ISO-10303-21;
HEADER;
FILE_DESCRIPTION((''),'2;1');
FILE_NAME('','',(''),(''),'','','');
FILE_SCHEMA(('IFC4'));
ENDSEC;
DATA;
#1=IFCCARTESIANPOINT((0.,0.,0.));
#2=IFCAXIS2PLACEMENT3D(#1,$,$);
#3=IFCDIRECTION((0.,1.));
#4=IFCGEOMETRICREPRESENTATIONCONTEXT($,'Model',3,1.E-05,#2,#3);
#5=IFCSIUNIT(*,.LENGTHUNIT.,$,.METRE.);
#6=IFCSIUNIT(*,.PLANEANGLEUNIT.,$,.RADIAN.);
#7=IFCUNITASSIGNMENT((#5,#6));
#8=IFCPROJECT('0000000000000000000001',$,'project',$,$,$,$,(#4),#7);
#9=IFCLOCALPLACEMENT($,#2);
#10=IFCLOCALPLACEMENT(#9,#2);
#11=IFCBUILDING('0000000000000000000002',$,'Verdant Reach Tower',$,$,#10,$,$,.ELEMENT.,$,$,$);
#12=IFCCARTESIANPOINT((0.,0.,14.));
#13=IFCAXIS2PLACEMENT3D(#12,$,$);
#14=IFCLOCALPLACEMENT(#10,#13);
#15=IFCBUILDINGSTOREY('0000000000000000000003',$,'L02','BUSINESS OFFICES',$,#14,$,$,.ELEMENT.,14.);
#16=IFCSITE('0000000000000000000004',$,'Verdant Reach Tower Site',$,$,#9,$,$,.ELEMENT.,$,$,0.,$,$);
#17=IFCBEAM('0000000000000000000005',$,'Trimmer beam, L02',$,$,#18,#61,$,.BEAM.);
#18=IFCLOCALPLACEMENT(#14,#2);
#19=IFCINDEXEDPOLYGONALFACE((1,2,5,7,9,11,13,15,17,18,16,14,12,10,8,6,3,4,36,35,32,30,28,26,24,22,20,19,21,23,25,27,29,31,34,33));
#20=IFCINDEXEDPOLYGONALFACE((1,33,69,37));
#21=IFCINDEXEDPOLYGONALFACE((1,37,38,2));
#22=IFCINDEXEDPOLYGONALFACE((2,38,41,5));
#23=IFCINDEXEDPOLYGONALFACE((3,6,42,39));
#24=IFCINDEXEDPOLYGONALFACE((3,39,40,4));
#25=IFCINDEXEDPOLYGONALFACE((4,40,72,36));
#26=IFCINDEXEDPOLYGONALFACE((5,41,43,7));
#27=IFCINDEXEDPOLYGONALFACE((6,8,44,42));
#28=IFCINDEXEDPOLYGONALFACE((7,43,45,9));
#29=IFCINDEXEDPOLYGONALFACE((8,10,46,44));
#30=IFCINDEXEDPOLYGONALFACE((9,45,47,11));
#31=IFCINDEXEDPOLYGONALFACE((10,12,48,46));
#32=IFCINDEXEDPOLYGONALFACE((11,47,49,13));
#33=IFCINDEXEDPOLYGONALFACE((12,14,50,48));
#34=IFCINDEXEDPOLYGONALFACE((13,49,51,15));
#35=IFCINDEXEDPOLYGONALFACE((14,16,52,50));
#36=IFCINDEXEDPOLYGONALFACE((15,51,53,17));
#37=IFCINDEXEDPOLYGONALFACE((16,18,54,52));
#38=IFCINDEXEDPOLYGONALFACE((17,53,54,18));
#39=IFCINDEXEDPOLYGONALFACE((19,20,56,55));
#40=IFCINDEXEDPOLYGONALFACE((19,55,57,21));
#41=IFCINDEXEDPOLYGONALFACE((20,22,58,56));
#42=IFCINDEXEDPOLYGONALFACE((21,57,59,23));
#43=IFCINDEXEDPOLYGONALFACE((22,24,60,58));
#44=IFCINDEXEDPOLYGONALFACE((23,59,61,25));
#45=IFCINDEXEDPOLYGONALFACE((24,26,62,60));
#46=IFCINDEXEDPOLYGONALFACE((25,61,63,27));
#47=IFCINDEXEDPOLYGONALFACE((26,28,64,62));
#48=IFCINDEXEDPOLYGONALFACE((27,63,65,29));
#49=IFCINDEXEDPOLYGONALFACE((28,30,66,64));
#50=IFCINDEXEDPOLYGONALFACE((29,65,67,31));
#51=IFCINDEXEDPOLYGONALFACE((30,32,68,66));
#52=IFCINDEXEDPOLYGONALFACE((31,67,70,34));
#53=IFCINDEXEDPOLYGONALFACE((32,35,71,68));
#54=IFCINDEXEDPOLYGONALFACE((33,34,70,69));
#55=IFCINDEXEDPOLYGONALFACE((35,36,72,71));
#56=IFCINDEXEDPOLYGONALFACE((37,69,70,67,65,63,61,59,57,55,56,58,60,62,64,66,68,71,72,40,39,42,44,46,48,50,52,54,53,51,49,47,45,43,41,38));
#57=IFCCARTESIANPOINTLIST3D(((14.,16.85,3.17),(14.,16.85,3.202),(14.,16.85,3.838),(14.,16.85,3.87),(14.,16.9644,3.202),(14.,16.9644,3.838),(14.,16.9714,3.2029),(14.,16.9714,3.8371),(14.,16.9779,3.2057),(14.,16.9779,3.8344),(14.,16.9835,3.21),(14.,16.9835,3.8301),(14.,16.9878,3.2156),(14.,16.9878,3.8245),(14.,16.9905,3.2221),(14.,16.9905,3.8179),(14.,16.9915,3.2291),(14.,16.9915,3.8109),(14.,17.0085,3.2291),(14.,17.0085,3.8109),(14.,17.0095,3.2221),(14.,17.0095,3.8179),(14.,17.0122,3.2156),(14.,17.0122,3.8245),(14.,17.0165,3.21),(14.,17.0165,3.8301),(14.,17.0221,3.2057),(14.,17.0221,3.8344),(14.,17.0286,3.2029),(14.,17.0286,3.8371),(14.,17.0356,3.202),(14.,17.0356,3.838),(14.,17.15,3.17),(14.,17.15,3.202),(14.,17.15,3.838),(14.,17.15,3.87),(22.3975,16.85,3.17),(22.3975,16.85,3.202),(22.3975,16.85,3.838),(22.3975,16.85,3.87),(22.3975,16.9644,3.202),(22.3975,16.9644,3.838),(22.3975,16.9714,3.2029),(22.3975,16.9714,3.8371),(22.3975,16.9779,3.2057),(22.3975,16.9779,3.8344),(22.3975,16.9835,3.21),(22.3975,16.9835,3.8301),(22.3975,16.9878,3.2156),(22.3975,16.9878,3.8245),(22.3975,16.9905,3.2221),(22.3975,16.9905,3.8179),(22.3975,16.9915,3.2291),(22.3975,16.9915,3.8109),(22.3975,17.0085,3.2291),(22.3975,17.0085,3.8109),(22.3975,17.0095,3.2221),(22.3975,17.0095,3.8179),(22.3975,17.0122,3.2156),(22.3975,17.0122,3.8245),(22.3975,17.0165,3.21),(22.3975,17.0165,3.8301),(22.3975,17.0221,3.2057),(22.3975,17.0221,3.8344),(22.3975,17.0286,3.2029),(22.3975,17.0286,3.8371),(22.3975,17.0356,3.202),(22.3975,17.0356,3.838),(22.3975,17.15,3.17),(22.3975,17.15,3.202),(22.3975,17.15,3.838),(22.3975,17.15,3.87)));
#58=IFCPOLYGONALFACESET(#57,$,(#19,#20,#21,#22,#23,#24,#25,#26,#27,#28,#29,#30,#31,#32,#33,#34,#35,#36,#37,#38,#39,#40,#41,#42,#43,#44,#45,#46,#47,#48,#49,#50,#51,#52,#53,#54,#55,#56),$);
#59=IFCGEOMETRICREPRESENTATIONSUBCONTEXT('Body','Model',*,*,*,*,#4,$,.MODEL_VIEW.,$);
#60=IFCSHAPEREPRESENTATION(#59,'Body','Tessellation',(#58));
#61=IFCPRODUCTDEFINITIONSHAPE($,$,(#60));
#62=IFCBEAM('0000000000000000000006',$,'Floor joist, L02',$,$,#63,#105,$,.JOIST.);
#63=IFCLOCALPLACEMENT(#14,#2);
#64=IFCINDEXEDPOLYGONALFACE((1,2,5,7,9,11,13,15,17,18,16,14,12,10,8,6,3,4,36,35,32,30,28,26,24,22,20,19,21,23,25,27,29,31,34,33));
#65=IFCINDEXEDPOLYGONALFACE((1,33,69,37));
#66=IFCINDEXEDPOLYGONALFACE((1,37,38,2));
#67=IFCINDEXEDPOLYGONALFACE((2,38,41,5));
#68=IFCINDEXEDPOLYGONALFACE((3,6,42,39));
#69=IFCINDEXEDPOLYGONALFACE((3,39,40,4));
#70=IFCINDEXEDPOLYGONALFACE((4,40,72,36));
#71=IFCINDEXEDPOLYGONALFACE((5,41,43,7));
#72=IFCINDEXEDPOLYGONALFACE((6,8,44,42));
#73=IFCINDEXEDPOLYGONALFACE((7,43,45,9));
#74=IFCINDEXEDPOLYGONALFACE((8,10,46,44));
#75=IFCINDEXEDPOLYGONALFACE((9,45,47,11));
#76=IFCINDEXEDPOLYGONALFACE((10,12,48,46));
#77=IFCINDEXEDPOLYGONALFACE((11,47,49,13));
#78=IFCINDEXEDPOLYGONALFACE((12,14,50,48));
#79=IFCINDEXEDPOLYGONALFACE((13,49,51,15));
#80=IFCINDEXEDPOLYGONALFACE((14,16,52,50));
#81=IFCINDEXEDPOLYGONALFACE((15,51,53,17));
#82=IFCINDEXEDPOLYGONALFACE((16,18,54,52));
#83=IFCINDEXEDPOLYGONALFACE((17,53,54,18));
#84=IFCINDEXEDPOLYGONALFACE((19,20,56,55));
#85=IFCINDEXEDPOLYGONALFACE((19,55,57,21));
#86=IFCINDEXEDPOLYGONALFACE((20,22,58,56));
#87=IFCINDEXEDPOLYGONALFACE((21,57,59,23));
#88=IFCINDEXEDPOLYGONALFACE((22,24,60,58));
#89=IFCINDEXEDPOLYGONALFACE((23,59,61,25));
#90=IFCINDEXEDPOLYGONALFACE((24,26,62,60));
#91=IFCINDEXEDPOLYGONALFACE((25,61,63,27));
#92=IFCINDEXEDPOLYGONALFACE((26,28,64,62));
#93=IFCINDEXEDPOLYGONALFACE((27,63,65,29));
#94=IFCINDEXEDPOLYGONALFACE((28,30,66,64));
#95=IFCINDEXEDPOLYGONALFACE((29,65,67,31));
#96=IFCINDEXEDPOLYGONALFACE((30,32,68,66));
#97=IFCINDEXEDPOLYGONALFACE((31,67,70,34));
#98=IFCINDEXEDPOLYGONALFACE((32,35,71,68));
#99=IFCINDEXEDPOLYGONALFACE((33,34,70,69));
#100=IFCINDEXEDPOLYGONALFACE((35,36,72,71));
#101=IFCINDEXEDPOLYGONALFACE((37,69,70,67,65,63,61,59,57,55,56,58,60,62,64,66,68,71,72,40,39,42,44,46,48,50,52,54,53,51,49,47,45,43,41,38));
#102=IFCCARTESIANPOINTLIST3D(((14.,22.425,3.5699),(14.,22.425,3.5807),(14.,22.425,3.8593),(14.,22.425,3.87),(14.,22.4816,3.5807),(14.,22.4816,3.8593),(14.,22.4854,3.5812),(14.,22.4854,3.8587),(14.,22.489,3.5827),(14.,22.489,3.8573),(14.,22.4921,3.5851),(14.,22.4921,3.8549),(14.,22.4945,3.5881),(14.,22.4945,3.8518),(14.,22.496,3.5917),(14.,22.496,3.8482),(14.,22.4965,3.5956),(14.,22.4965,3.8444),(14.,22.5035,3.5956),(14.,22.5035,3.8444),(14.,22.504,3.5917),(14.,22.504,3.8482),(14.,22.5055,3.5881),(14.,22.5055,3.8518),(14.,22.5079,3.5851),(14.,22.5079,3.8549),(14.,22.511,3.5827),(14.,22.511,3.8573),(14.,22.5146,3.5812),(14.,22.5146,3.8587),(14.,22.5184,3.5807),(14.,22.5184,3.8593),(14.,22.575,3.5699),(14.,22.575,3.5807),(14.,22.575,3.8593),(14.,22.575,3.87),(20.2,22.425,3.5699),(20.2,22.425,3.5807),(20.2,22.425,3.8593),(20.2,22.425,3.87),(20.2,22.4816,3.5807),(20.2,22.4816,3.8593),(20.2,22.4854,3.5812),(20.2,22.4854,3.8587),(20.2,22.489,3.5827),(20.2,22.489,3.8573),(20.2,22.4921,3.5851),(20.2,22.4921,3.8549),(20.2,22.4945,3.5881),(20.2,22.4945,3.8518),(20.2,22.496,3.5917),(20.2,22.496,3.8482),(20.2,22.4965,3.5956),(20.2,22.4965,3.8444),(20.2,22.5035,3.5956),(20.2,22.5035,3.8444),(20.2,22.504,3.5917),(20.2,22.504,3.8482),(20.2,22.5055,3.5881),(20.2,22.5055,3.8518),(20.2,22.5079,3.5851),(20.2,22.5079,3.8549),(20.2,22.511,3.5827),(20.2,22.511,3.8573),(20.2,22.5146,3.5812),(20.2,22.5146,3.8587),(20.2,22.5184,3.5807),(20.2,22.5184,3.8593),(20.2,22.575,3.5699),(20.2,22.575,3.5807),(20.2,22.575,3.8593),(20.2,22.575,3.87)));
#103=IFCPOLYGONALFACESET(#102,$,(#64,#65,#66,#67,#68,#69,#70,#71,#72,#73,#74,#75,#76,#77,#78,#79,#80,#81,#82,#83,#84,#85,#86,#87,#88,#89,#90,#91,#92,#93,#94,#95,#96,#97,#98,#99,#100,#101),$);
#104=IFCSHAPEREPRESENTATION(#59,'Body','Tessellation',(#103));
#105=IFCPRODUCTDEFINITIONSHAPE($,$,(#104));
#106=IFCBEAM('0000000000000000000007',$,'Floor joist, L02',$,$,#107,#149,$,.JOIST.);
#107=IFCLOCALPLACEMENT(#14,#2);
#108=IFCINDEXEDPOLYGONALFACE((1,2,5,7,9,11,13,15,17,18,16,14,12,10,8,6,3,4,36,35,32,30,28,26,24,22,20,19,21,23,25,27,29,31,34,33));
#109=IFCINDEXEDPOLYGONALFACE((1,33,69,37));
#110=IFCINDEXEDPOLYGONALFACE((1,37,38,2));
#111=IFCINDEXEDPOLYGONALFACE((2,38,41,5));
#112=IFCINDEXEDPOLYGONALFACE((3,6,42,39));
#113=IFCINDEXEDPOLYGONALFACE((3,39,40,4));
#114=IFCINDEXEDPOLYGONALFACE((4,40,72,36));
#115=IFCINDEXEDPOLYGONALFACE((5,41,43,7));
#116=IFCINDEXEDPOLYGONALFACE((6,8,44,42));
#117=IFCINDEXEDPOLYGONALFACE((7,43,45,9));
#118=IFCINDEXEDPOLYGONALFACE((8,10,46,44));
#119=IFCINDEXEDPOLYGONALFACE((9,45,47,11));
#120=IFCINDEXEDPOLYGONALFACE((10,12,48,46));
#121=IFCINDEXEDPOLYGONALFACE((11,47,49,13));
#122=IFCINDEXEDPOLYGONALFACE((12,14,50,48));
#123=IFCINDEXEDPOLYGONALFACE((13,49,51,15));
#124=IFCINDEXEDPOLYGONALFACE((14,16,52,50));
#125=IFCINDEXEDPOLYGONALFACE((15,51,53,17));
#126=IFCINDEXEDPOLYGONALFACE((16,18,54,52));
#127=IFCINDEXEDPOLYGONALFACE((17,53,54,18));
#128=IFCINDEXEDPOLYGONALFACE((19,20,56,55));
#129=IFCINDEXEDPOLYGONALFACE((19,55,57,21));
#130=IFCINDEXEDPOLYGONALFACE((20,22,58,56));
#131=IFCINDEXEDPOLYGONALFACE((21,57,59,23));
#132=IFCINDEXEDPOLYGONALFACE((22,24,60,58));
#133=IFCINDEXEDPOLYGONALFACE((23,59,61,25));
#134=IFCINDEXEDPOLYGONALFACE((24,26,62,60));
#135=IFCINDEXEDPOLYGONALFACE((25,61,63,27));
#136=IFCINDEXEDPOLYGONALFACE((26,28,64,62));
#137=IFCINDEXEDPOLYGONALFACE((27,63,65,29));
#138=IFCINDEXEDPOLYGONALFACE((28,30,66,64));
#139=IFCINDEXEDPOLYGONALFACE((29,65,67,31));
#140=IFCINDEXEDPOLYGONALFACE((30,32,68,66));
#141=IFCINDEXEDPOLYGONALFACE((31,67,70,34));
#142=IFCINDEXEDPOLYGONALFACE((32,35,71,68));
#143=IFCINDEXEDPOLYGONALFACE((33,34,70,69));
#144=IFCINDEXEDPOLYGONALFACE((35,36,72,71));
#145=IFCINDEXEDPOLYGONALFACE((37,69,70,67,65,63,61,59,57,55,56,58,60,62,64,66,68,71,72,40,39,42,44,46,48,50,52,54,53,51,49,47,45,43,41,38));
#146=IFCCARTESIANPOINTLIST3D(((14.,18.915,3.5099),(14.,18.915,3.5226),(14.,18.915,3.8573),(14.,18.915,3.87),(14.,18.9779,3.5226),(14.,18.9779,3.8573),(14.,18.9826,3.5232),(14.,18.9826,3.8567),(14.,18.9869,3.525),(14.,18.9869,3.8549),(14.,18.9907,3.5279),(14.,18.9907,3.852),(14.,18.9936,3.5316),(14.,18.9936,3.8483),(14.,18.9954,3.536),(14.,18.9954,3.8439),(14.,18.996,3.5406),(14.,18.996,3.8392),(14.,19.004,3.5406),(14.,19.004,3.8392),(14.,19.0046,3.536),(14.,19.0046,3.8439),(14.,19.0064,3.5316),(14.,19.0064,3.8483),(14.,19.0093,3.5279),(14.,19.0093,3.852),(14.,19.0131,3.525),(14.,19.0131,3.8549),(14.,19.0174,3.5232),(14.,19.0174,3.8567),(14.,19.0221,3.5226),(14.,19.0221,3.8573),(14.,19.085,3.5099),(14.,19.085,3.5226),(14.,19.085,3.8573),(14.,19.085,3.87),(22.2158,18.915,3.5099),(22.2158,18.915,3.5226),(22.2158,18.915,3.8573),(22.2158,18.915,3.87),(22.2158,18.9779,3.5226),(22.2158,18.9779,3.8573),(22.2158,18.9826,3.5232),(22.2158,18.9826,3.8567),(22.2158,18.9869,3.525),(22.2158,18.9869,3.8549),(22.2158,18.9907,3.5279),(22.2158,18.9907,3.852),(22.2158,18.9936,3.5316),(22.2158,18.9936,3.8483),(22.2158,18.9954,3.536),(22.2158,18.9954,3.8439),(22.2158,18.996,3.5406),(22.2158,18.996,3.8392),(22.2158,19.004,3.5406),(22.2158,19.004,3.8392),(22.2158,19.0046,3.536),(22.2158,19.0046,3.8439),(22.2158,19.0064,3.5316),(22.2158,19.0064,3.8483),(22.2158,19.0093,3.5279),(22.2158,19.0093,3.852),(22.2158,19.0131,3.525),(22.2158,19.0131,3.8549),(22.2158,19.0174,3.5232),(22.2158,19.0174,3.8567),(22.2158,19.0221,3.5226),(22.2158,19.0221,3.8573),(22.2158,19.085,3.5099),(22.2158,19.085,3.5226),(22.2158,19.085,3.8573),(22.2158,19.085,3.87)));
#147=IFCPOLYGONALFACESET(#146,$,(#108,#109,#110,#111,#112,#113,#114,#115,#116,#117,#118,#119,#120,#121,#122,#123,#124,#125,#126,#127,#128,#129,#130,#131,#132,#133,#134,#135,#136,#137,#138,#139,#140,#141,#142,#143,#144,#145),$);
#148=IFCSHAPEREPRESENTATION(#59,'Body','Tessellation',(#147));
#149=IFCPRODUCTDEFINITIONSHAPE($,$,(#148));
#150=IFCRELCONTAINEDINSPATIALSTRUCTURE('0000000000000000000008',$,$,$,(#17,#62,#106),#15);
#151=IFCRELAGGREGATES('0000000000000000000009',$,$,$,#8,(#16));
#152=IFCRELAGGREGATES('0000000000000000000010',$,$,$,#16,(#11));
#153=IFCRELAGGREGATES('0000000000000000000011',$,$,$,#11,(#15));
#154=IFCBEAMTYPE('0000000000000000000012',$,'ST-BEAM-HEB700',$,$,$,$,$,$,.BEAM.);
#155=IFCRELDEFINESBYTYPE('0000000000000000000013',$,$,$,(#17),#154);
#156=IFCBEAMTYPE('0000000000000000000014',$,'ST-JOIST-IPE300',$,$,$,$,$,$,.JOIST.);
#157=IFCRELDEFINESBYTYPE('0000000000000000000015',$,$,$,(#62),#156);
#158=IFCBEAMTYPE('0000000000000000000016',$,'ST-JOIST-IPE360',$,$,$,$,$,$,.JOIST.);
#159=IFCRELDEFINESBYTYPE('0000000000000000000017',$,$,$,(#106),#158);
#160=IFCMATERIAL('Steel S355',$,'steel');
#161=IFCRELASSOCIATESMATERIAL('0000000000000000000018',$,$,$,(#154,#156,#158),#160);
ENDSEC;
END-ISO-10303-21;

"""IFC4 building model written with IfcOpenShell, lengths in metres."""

from ifc_helpers import new_model, si_unit, direction, frame, origin, origin_2d, place, context, subcontext, project, spatial, i_section, extrude, material, material_profile, profile_set, type_object, element, save


model = new_model("IFC4")

# Units and contexts
model_context = context("Model", 3, precision=1e-05, world=origin(), true_north=direction((0.0, 1.0)))
body_context = subcontext(model_context, "Body", "Model", "MODEL_VIEW")
ifc_project = project(units=[si_unit("LENGTHUNIT", "METRE"), si_unit("PLANEANGLEUNIT", "RADIAN")], contexts=[model_context])

# Site, building, storey
site_placement = place(None, origin())
site = spatial("IfcSite", under=ifc_project, at=site_placement, Name="Verdant Reach Tower Site", CompositionType="ELEMENT", RefElevation=0.0)
building_placement = place(site_placement, origin())
building = spatial("IfcBuilding", under=site, at=building_placement, Name="Verdant Reach Tower", CompositionType="ELEMENT")
storey_placement = place(building_placement, frame((0.0, 0.0, 14.0)))
storey = spatial("IfcBuildingStorey", under=building, at=storey_placement, Name="L02", Description="BUSINESS OFFICES", CompositionType="ELEMENT", Elevation=14.0)

# Beams
ifc_material_1 = material(Name="Steel S355", Category="steel")
ifc_material_profile_1 = material_profile(ifc_material_1, i_section(OverallWidth=0.3, OverallDepth=0.7, WebThickness=0.0171, FlangeThickness=0.032, FilletRadius=0.0271, at=origin_2d()), Name="HEB 700")
ifc_profile_set_1 = profile_set([ifc_material_profile_1], Name="Steel S355")
beam_type_1 = type_object("IfcBeamType", Name="ST-BEAM-HEB700", PredefinedType="BEAM", material=ifc_profile_set_1)
beam_1_placement = place(storey_placement, frame((14.0, 17.0, 3.52), z_axis=(1.0, 0.0, 0.0), x_axis=(0.0, 1.0, 0.0)))
element("IfcBeam", 1, at=beam_1_placement, inside=storey, type_object=beam_type_1, Name="Trimmer beam, L02", PredefinedType="BEAM", context=body_context, shape_type="SweptSolid", body=[
    extrude(i_section(OverallWidth=0.3, OverallDepth=0.7, WebThickness=0.0171, FlangeThickness=0.032, FilletRadius=0.0271, at=origin_2d()), origin(), (0.0, 0.0, 1.0), 8.3975),
])
ifc_material_profile_2 = material_profile(ifc_material_1, i_section(OverallWidth=0.1499, OverallDepth=0.3, WebThickness=0.0071, FlangeThickness=0.0107, FilletRadius=0.0149, at=origin_2d()), Name="IPE 300")
ifc_profile_set_2 = profile_set([ifc_material_profile_2], Name="Steel S355")
beam_type_2 = type_object("IfcBeamType", Name="ST-JOIST-IPE300", PredefinedType="JOIST", material=ifc_profile_set_2)
beam_2_placement = place(storey_placement, frame((14.0, 22.5, 3.72), z_axis=(1.0, 0.0, 0.0), x_axis=(0.0, 1.0, 0.0)))
element("IfcBeam", 2, at=beam_2_placement, inside=storey, type_object=beam_type_2, Name="Floor joist, L02", PredefinedType="JOIST", context=body_context, shape_type="SweptSolid", body=[
    extrude(i_section(OverallWidth=0.1499, OverallDepth=0.3, WebThickness=0.0071, FlangeThickness=0.0107, FilletRadius=0.0149, at=origin_2d()), origin(), (0.0, 0.0, 1.0), 6.2),
])
ifc_material_profile_3 = material_profile(ifc_material_1, i_section(OverallWidth=0.1699, OverallDepth=0.3601, WebThickness=0.0081, FlangeThickness=0.0127, FilletRadius=0.0181, at=origin_2d()), Name="IPE 360")
ifc_profile_set_3 = profile_set([ifc_material_profile_3], Name="Steel S355")
beam_type_3 = type_object("IfcBeamType", Name="ST-JOIST-IPE360", PredefinedType="JOIST", material=ifc_profile_set_3)
beam_3_placement = place(storey_placement, frame((14.0, 19.0, 3.6899), z_axis=(1.0, 0.0, 0.0), x_axis=(0.0, 1.0, 0.0)))
element("IfcBeam", 3, at=beam_3_placement, inside=storey, type_object=beam_type_3, Name="Floor joist, L02", PredefinedType="JOIST", context=body_context, shape_type="SweptSolid", body=[
    extrude(i_section(OverallWidth=0.1699, OverallDepth=0.3601, WebThickness=0.0081, FlangeThickness=0.0127, FilletRadius=0.0181, at=origin_2d()), origin(), (0.0, 0.0, 1.0), 8.2158),
])

save(model, "model.ifc")
